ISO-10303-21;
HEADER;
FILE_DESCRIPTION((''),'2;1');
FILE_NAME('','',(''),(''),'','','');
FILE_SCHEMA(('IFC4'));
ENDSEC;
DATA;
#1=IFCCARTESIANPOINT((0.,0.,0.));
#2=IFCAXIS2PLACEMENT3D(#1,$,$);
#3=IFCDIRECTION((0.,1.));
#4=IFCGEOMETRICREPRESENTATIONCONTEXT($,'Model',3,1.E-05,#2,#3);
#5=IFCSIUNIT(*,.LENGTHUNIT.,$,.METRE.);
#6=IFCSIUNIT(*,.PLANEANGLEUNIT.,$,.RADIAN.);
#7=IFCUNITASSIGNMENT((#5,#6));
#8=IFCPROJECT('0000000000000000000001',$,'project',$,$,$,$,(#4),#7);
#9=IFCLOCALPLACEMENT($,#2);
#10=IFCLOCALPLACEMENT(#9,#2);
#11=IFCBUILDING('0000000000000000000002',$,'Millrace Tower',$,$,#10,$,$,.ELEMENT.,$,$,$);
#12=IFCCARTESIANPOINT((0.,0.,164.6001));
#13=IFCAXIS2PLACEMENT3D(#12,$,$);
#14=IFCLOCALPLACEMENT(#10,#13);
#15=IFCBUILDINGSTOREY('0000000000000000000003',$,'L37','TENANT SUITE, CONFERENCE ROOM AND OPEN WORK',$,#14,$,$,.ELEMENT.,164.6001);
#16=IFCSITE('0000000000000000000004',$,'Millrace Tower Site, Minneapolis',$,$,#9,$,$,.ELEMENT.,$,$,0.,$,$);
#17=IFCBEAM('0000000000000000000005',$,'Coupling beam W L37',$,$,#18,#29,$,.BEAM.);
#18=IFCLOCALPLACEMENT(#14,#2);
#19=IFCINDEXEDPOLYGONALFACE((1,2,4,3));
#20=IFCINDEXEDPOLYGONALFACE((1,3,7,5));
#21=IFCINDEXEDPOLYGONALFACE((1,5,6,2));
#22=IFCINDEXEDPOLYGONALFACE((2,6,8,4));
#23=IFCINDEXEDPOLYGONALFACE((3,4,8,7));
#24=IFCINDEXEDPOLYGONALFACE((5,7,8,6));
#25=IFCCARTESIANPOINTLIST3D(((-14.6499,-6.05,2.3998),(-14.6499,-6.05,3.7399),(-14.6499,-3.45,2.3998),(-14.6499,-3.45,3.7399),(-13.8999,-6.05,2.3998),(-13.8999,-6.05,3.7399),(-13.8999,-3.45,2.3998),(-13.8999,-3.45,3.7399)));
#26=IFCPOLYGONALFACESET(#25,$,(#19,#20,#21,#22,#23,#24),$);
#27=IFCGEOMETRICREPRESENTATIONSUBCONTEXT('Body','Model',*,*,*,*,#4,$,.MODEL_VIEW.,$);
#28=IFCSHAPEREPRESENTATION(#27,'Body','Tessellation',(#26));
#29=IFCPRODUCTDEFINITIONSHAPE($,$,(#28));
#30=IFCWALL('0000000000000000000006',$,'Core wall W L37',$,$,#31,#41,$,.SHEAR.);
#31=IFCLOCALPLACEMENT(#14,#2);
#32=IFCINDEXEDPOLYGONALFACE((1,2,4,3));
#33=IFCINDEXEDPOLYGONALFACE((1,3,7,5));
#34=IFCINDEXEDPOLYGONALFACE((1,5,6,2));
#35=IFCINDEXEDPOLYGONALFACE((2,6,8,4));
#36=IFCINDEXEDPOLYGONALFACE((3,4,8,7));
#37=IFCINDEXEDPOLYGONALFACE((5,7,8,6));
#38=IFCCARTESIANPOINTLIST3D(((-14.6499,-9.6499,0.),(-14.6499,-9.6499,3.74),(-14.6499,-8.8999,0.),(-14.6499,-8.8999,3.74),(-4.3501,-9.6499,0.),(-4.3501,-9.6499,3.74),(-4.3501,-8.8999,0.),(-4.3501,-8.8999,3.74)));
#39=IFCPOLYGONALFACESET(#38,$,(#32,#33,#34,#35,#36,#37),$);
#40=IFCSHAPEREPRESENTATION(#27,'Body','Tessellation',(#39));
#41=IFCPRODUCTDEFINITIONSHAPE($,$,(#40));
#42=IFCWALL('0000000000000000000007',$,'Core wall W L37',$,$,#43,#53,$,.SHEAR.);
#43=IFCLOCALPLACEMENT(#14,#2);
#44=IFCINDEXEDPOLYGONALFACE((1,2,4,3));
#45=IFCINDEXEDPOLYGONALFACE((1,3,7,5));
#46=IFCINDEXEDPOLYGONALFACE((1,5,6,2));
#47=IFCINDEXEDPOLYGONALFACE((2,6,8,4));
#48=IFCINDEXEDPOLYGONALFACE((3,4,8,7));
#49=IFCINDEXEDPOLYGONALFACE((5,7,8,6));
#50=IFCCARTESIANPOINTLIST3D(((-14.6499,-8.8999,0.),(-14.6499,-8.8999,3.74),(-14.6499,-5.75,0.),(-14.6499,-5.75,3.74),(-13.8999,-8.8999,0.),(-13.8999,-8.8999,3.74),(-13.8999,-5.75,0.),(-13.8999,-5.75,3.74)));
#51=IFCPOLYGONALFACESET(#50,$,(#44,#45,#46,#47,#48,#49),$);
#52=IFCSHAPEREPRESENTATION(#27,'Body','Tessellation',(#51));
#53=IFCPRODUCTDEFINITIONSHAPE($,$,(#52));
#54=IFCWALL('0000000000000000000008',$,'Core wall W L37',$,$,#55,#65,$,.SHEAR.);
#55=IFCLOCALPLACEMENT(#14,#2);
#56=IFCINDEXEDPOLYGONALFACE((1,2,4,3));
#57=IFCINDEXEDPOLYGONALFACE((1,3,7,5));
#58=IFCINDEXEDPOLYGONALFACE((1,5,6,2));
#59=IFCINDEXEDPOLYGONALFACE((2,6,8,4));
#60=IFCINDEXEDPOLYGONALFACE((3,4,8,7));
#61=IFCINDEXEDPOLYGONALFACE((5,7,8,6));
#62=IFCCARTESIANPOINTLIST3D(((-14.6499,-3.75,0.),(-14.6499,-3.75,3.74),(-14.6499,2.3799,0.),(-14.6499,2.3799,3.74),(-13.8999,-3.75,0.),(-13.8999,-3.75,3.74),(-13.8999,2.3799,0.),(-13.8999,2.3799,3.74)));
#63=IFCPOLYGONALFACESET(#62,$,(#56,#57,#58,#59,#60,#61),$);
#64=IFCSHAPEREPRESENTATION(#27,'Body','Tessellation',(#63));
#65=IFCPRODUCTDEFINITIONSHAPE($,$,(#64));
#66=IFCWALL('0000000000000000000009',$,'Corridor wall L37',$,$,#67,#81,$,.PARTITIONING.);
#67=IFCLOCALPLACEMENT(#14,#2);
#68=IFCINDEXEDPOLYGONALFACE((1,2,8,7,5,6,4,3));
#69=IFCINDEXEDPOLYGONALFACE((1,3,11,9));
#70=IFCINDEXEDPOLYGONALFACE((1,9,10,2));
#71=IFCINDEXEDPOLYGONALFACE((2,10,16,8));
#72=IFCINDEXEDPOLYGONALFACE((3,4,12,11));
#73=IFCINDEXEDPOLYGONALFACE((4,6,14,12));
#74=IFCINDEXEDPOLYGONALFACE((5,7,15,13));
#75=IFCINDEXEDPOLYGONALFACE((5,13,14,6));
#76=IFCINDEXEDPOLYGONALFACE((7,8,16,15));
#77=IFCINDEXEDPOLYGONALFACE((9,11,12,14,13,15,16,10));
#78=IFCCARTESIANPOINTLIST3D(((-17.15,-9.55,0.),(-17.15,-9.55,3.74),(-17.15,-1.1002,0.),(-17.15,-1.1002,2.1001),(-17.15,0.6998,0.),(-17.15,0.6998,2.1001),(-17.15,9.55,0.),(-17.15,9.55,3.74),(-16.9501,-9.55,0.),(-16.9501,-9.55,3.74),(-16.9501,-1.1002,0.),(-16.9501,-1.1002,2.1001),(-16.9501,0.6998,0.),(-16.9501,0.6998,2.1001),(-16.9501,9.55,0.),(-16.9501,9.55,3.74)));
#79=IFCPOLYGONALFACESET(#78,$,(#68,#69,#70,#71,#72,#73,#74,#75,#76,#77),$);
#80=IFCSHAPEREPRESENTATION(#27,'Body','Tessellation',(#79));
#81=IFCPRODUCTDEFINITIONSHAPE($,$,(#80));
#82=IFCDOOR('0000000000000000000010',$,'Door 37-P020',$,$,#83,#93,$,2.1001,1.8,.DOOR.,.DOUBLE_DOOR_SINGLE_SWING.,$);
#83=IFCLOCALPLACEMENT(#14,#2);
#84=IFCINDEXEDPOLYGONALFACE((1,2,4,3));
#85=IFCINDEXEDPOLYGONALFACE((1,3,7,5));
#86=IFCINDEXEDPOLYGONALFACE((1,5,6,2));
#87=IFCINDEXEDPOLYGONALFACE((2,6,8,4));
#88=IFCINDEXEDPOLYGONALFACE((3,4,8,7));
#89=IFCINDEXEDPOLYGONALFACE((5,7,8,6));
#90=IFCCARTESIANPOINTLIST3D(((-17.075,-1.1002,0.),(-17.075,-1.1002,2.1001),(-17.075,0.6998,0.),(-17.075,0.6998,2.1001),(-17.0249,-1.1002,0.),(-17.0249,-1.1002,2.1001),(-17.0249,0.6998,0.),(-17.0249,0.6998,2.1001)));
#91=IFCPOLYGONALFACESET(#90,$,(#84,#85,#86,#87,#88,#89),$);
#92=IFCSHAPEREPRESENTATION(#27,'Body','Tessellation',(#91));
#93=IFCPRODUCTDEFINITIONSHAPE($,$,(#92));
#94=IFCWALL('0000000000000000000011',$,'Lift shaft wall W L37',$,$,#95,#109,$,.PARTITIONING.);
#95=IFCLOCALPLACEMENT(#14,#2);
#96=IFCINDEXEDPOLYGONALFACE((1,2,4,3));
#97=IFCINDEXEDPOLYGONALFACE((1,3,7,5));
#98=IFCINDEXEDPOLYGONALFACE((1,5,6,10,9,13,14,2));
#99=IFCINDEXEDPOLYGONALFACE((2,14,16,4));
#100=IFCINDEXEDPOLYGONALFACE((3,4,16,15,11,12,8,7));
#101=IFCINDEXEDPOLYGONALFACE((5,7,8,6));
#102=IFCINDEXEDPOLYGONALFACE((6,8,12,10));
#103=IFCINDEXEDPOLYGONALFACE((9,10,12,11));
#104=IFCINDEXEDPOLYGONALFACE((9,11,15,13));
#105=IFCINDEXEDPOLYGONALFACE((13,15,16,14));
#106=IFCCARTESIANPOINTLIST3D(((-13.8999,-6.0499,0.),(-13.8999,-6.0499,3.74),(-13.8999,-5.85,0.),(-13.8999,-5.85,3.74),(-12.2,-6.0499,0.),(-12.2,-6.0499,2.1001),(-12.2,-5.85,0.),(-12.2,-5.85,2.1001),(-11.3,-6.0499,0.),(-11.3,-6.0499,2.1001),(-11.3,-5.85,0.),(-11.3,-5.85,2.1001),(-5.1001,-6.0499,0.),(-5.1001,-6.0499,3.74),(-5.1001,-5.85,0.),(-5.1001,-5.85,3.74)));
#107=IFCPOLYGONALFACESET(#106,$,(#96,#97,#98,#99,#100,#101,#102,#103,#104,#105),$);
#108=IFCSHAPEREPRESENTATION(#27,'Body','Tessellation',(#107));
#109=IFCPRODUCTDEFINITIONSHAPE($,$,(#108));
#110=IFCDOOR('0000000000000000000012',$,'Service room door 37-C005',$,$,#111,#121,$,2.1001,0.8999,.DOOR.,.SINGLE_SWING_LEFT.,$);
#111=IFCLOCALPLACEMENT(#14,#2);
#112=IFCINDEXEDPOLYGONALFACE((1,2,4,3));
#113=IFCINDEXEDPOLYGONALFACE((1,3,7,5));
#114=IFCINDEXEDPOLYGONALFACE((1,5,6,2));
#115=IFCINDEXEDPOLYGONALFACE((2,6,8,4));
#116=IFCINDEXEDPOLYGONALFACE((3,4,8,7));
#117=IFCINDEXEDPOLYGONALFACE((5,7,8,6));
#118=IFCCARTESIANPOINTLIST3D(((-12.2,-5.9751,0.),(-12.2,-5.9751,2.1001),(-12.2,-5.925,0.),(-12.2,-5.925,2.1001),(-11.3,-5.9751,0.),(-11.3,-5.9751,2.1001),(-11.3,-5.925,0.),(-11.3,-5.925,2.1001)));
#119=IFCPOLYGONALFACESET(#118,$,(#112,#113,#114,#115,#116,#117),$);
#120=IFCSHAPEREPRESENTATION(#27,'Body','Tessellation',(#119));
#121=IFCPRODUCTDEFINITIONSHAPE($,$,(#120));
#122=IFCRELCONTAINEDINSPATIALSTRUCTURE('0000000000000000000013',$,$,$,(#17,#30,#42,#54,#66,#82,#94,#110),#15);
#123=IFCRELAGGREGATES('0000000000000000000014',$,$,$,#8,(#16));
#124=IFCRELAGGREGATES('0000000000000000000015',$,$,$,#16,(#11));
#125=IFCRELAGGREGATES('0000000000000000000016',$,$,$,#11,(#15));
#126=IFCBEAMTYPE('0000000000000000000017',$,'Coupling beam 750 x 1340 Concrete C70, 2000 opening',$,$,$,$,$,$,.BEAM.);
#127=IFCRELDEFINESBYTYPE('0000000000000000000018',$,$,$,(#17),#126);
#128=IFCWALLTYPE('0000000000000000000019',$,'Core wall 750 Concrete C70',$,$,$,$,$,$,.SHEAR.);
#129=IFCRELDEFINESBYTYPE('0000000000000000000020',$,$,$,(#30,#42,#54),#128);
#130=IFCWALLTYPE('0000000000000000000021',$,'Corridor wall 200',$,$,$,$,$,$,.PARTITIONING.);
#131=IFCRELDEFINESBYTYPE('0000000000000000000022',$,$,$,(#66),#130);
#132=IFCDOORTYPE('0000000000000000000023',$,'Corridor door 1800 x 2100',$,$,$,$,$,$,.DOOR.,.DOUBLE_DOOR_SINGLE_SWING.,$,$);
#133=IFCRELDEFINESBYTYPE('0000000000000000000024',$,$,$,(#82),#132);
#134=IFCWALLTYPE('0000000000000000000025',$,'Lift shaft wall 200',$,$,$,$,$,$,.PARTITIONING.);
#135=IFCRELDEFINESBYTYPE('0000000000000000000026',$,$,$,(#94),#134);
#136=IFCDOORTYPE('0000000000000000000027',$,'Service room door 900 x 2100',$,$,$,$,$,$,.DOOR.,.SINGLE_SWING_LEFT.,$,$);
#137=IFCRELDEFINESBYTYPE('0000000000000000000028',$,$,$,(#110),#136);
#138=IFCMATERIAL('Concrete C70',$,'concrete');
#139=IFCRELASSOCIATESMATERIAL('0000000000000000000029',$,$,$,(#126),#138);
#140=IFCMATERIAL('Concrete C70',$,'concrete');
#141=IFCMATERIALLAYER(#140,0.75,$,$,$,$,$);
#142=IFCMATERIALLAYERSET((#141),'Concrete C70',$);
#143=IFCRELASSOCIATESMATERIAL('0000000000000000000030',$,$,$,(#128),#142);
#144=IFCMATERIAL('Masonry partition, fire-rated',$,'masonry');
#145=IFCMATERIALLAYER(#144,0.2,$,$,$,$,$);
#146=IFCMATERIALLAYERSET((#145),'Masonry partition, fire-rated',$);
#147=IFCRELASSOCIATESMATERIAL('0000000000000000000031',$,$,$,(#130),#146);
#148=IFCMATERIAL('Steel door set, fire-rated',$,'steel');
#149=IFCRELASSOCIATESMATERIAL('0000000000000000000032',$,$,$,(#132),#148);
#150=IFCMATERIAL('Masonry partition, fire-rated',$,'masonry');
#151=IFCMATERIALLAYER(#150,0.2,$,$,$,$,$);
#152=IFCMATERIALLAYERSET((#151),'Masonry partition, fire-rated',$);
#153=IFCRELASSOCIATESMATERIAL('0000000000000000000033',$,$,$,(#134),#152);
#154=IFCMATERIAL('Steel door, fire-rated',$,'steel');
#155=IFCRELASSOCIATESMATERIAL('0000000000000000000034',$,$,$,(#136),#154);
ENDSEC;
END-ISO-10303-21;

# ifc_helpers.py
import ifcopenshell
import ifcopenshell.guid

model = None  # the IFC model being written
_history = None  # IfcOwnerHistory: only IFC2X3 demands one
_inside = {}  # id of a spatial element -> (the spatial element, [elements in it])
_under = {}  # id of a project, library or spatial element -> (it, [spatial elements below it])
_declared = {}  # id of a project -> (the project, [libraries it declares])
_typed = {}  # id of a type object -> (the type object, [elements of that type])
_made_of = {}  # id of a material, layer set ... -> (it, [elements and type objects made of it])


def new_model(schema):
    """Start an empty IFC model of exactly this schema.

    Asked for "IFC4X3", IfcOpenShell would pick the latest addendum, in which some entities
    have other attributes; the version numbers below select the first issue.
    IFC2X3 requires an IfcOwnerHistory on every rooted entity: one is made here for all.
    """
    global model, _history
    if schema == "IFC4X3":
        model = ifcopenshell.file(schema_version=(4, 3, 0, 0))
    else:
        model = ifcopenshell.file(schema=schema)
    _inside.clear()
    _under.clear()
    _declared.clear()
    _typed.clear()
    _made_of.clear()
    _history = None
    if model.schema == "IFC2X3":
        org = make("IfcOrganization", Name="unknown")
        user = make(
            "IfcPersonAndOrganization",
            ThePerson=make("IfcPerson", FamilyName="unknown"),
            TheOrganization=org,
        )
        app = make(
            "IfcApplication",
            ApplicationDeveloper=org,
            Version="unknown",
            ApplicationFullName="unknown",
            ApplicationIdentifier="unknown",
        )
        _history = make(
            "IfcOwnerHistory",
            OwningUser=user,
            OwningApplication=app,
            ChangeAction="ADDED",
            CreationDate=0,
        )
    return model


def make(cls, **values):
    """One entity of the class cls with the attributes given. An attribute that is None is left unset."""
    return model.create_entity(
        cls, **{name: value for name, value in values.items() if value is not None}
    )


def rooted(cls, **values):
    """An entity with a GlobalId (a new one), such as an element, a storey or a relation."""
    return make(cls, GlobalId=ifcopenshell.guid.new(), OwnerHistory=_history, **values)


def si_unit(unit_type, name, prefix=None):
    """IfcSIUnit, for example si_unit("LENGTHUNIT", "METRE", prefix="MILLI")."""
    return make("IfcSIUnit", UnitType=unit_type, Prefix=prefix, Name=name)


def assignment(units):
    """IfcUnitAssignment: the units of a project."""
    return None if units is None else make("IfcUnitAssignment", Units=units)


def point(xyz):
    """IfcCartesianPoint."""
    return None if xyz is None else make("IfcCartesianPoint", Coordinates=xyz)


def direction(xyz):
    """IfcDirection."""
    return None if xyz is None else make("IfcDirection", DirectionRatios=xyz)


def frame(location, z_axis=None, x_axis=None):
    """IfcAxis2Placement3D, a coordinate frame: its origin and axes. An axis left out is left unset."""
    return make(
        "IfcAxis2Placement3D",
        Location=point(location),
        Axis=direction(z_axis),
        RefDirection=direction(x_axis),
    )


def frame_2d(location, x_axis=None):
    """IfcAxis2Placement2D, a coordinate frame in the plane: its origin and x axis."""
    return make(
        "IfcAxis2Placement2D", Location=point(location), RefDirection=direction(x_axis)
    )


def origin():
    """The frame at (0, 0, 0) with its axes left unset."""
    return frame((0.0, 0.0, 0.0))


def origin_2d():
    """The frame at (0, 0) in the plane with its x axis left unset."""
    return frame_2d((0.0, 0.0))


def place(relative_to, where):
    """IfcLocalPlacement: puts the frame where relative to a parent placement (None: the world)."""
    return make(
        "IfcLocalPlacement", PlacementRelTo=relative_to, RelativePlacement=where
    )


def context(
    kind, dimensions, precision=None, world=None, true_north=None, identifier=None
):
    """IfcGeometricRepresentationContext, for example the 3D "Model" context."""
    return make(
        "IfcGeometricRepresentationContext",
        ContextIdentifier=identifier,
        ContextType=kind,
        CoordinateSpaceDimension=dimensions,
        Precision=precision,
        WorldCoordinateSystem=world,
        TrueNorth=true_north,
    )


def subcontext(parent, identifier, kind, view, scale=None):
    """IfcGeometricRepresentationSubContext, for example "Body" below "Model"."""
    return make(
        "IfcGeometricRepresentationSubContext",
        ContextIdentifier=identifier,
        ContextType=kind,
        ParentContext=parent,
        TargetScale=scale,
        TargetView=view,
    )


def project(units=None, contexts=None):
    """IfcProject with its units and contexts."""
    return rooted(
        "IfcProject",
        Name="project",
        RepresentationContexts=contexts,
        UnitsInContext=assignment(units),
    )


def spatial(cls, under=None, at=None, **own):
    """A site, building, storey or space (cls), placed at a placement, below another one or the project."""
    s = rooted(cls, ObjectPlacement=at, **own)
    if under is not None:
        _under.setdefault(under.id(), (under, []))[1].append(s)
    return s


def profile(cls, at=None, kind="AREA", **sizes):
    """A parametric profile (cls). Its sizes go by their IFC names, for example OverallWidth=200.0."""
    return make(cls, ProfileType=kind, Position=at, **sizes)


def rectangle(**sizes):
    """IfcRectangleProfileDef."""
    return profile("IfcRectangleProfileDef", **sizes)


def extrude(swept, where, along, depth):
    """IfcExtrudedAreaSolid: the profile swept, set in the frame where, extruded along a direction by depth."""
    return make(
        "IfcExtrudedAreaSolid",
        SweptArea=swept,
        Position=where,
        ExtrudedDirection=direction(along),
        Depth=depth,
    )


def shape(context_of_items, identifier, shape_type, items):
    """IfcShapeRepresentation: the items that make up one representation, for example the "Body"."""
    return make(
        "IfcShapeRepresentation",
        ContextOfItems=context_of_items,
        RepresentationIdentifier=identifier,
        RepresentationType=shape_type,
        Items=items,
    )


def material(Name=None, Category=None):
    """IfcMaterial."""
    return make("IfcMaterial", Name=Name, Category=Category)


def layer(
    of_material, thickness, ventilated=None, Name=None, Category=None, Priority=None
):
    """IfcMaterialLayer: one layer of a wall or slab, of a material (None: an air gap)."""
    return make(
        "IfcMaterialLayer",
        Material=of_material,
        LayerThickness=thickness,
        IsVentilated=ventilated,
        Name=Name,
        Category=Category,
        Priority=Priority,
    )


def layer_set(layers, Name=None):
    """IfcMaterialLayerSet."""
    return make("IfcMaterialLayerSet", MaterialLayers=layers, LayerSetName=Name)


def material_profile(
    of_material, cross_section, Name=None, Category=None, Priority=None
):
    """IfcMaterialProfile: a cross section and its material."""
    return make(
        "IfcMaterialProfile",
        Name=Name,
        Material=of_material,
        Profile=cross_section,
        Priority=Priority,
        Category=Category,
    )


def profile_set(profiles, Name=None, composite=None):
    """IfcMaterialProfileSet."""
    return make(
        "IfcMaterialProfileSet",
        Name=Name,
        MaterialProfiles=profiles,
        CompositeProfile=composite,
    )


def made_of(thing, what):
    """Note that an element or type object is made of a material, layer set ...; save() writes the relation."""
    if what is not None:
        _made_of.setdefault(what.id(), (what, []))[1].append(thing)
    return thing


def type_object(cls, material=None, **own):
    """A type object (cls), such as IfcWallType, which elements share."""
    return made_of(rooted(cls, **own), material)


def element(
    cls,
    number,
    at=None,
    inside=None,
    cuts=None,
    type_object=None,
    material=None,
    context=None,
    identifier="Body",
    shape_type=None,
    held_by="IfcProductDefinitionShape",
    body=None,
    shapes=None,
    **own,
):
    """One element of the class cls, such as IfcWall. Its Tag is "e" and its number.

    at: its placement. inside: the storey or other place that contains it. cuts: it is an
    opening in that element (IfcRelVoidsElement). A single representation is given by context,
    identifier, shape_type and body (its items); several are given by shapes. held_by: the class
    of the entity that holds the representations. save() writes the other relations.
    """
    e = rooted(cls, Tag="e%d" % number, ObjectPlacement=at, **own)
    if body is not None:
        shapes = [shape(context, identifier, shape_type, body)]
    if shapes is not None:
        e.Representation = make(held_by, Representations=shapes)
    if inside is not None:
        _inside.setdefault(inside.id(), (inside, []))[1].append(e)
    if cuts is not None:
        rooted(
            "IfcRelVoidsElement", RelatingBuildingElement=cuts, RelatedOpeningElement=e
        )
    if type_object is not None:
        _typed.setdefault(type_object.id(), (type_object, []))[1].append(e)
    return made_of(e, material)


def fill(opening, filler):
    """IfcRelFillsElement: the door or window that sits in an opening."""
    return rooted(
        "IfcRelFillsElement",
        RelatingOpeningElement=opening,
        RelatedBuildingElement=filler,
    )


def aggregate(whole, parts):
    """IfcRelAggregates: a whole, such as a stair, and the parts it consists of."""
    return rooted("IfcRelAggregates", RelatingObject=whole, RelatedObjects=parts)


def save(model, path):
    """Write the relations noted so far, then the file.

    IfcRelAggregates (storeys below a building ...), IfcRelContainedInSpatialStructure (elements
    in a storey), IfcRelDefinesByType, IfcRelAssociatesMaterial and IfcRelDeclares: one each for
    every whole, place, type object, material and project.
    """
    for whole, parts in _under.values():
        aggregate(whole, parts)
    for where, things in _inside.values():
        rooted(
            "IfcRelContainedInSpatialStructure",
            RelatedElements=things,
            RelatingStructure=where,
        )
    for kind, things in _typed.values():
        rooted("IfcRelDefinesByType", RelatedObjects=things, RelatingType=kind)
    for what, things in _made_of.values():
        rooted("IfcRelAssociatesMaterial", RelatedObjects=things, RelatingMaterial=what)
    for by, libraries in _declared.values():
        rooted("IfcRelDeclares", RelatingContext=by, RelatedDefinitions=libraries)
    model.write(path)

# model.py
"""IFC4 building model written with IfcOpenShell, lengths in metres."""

from ifc_helpers import new_model, si_unit, direction, frame, frame_2d, origin, origin_2d, place, context, subcontext, project, spatial, rectangle, extrude, material, layer, layer_set, material_profile, profile_set, type_object, element, fill, save


model = new_model("IFC4")

# Units and contexts
model_context = context("Model", 3, precision=1e-05, world=origin(), true_north=direction((0.0, 1.0)))
body_context = subcontext(model_context, "Body", "Model", "MODEL_VIEW")
ifc_project = project(units=[si_unit("LENGTHUNIT", "METRE"), si_unit("PLANEANGLEUNIT", "RADIAN")], contexts=[model_context])

# Site, building, storey
site_placement = place(None, origin())
site = spatial("IfcSite", under=ifc_project, at=site_placement, Name="Millrace Tower Site, Minneapolis", CompositionType="ELEMENT", RefElevation=0.0)
building_placement = place(site_placement, origin())
building = spatial("IfcBuilding", under=site, at=building_placement, Name="Millrace Tower", CompositionType="ELEMENT")
storey_placement = place(building_placement, frame((0.0, 0.0, 164.6001)))
storey = spatial("IfcBuildingStorey", under=building, at=storey_placement, Name="L37", Description="TENANT SUITE, CONFERENCE ROOM AND OPEN WORK", CompositionType="ELEMENT", Elevation=164.6001)

# Beam
ifc_material_1 = material(Name="Concrete C70", Category="concrete")
ifc_material_profile = material_profile(ifc_material_1, rectangle(XDim=0.75, YDim=1.3401, at=origin_2d()))
ifc_profile_set = profile_set([ifc_material_profile], Name="Concrete C70")
beam_type = type_object("IfcBeamType", Name="Coupling beam 750 x 1340 Concrete C70, 2000 opening", PredefinedType="BEAM", material=ifc_profile_set)
beam_placement = place(storey_placement, frame((-14.2749, -6.05, 3.0698), z_axis=(0.0, 1.0, 0.0), x_axis=(-1.0, 0.0, 0.0)))
element("IfcBeam", 1, at=beam_placement, inside=storey, type_object=beam_type, Name="Coupling beam W L37", PredefinedType="BEAM", context=body_context, shape_type="SweptSolid", body=[
    extrude(rectangle(XDim=0.75, YDim=1.3401, at=origin_2d()), origin(), (0.0, 0.0, 1.0), 2.6001),
])

# Walls
ifc_material_2 = material(Name="Concrete C70", Category="concrete")
ifc_layer_1 = layer(ifc_material_2, 0.75)
ifc_layer_set_1 = layer_set([ifc_layer_1], Name="Concrete C70")
wall_type_1 = type_object("IfcWallType", Name="Core wall 750 Concrete C70", PredefinedType="SHEAR", material=ifc_layer_set_1)
wall_1_placement = place(storey_placement, frame((-14.6499, -9.2749, 0.0), z_axis=(0.0, 0.0, 1.0), x_axis=(1.0, 0.0, 0.0)))
element("IfcWall", 2, at=wall_1_placement, inside=storey, type_object=wall_type_1, Name="Core wall W L37", PredefinedType="SHEAR", context=body_context, shape_type="SweptSolid", body=[
    extrude(rectangle(XDim=10.2998, YDim=0.75, at=frame_2d((5.1499, 0.0))), origin(), (0.0, 0.0, 1.0), 3.74),
])
wall_2_placement = place(storey_placement, frame((-14.2749, -8.8999, 0.0), z_axis=(0.0, 0.0, 1.0), x_axis=(0.0, 1.0, 0.0)))
element("IfcWall", 3, at=wall_2_placement, inside=storey, type_object=wall_type_1, Name="Core wall W L37", PredefinedType="SHEAR", context=body_context, shape_type="SweptSolid", body=[
    extrude(rectangle(XDim=3.1499, YDim=0.75, at=frame_2d((1.575, 0.0))), origin(), (0.0, 0.0, 1.0), 3.74),
])
wall_3_placement = place(storey_placement, frame((-14.2749, -3.75, 0.0), z_axis=(0.0, 0.0, 1.0), x_axis=(0.0, 1.0, 0.0)))
element("IfcWall", 4, at=wall_3_placement, inside=storey, type_object=wall_type_1, Name="Core wall W L37", PredefinedType="SHEAR", context=body_context, shape_type="SweptSolid", body=[
    extrude(rectangle(XDim=6.1299, YDim=0.75, at=frame_2d((3.0649, 0.0))), origin(), (0.0, 0.0, 1.0), 3.74),
])

# Walls, openings, doors
ifc_material_3 = material(Name="Masonry partition, fire-rated", Category="masonry")
ifc_layer_2 = layer(ifc_material_3, 0.2)
ifc_layer_set_2 = layer_set([ifc_layer_2], Name="Masonry partition, fire-rated")
wall_type_2 = type_object("IfcWallType", Name="Corridor wall 200", PredefinedType="PARTITIONING", material=ifc_layer_set_2)
wall_4_placement = place(storey_placement, frame((-17.05, -9.55, 0.0), z_axis=(0.0, 0.0, 1.0), x_axis=(0.0, 1.0, 0.0)))
wall_4 = element("IfcWall", 5, at=wall_4_placement, inside=storey, type_object=wall_type_2, Name="Corridor wall L37", PredefinedType="PARTITIONING", context=body_context, shape_type="SweptSolid", body=[
    extrude(rectangle(XDim=19.1001, YDim=0.2, at=frame_2d((9.55, 0.0))), origin(), (0.0, 0.0, 1.0), 3.74),
])
opening_1_placement = place(wall_4_placement, frame((8.45, 0.0, 0.0)))
opening_1 = element("IfcOpeningElement", 6, at=opening_1_placement, cuts=wall_4, PredefinedType="OPENING", context=body_context, shape_type="SweptSolid", body=[
    extrude(rectangle(XDim=1.8, YDim=2.1001, at=frame_2d((0.8999, 1.05))), frame((0.0, 0.1099, 0.0), z_axis=(0.0, -1.0, 0.0), x_axis=(1.0, 0.0, 0.0)), (0.0, 0.0, 1.0), 0.22),
])
ifc_material_4 = material(Name="Steel door set, fire-rated", Category="steel")
door_type_1 = type_object("IfcDoorType", Name="Corridor door 1800 x 2100", OperationType="DOUBLE_DOOR_SINGLE_SWING", PredefinedType="DOOR", material=ifc_material_4)
door_1_placement = place(opening_1_placement, origin())
door_1 = element("IfcDoor", 7, at=door_1_placement, inside=storey, type_object=door_type_1, Name="Door 37-P020", OperationType="DOUBLE_DOOR_SINGLE_SWING", OverallHeight=2.1001, OverallWidth=1.8, PredefinedType="DOOR", context=body_context, shape_type="SweptSolid", body=[
    extrude(rectangle(XDim=1.8, YDim=2.1001, at=frame_2d((0.8999, 1.05))), frame((0.0, 0.0249, 0.0), z_axis=(0.0, -1.0, 0.0), x_axis=(1.0, 0.0, 0.0)), (0.0, 0.0, 1.0), 0.05),
])
fill(opening_1, door_1)
ifc_material_5 = material(Name="Masonry partition, fire-rated", Category="masonry")
ifc_layer_3 = layer(ifc_material_5, 0.2)
ifc_layer_set_3 = layer_set([ifc_layer_3], Name="Masonry partition, fire-rated")
wall_type_3 = type_object("IfcWallType", Name="Lift shaft wall 200", PredefinedType="PARTITIONING", material=ifc_layer_set_3)
wall_5_placement = place(storey_placement, frame((-13.8999, -5.95, 0.0), z_axis=(0.0, 0.0, 1.0), x_axis=(1.0, 0.0, 0.0)))
wall_5 = element("IfcWall", 8, at=wall_5_placement, inside=storey, type_object=wall_type_3, Name="Lift shaft wall W L37", PredefinedType="PARTITIONING", context=body_context, shape_type="SweptSolid", body=[
    extrude(rectangle(XDim=8.7998, YDim=0.2, at=frame_2d((4.3999, 0.0))), origin(), (0.0, 0.0, 1.0), 3.74),
])
opening_2_placement = place(wall_5_placement, frame((1.7, 0.0, 0.0)))
opening_2 = element("IfcOpeningElement", 9, at=opening_2_placement, cuts=wall_5, PredefinedType="OPENING", context=body_context, shape_type="SweptSolid", body=[
    extrude(rectangle(XDim=0.8999, YDim=2.1001, at=frame_2d((0.45, 1.05))), frame((0.0, 0.1099, 0.0), z_axis=(0.0, -1.0, 0.0), x_axis=(1.0, 0.0, 0.0)), (0.0, 0.0, 1.0), 0.22),
])
ifc_material_6 = material(Name="Steel door, fire-rated", Category="steel")
door_type_2 = type_object("IfcDoorType", Name="Service room door 900 x 2100", OperationType="SINGLE_SWING_LEFT", PredefinedType="DOOR", material=ifc_material_6)
door_2_placement = place(opening_2_placement, origin())
door_2 = element("IfcDoor", 10, at=door_2_placement, inside=storey, type_object=door_type_2, Name="Service room door 37-C005", OperationType="SINGLE_SWING_LEFT", OverallHeight=2.1001, OverallWidth=0.8999, PredefinedType="DOOR", context=body_context, shape_type="SweptSolid", body=[
    extrude(rectangle(XDim=0.8999, YDim=2.1001, at=frame_2d((0.45, 1.05))), frame((0.0, 0.0249, 0.0), z_axis=(0.0, -1.0, 0.0), x_axis=(1.0, 0.0, 0.0)), (0.0, 0.0, 1.0), 0.05),
])
fill(opening_2, door_2)

save(model, "model.ifc")
